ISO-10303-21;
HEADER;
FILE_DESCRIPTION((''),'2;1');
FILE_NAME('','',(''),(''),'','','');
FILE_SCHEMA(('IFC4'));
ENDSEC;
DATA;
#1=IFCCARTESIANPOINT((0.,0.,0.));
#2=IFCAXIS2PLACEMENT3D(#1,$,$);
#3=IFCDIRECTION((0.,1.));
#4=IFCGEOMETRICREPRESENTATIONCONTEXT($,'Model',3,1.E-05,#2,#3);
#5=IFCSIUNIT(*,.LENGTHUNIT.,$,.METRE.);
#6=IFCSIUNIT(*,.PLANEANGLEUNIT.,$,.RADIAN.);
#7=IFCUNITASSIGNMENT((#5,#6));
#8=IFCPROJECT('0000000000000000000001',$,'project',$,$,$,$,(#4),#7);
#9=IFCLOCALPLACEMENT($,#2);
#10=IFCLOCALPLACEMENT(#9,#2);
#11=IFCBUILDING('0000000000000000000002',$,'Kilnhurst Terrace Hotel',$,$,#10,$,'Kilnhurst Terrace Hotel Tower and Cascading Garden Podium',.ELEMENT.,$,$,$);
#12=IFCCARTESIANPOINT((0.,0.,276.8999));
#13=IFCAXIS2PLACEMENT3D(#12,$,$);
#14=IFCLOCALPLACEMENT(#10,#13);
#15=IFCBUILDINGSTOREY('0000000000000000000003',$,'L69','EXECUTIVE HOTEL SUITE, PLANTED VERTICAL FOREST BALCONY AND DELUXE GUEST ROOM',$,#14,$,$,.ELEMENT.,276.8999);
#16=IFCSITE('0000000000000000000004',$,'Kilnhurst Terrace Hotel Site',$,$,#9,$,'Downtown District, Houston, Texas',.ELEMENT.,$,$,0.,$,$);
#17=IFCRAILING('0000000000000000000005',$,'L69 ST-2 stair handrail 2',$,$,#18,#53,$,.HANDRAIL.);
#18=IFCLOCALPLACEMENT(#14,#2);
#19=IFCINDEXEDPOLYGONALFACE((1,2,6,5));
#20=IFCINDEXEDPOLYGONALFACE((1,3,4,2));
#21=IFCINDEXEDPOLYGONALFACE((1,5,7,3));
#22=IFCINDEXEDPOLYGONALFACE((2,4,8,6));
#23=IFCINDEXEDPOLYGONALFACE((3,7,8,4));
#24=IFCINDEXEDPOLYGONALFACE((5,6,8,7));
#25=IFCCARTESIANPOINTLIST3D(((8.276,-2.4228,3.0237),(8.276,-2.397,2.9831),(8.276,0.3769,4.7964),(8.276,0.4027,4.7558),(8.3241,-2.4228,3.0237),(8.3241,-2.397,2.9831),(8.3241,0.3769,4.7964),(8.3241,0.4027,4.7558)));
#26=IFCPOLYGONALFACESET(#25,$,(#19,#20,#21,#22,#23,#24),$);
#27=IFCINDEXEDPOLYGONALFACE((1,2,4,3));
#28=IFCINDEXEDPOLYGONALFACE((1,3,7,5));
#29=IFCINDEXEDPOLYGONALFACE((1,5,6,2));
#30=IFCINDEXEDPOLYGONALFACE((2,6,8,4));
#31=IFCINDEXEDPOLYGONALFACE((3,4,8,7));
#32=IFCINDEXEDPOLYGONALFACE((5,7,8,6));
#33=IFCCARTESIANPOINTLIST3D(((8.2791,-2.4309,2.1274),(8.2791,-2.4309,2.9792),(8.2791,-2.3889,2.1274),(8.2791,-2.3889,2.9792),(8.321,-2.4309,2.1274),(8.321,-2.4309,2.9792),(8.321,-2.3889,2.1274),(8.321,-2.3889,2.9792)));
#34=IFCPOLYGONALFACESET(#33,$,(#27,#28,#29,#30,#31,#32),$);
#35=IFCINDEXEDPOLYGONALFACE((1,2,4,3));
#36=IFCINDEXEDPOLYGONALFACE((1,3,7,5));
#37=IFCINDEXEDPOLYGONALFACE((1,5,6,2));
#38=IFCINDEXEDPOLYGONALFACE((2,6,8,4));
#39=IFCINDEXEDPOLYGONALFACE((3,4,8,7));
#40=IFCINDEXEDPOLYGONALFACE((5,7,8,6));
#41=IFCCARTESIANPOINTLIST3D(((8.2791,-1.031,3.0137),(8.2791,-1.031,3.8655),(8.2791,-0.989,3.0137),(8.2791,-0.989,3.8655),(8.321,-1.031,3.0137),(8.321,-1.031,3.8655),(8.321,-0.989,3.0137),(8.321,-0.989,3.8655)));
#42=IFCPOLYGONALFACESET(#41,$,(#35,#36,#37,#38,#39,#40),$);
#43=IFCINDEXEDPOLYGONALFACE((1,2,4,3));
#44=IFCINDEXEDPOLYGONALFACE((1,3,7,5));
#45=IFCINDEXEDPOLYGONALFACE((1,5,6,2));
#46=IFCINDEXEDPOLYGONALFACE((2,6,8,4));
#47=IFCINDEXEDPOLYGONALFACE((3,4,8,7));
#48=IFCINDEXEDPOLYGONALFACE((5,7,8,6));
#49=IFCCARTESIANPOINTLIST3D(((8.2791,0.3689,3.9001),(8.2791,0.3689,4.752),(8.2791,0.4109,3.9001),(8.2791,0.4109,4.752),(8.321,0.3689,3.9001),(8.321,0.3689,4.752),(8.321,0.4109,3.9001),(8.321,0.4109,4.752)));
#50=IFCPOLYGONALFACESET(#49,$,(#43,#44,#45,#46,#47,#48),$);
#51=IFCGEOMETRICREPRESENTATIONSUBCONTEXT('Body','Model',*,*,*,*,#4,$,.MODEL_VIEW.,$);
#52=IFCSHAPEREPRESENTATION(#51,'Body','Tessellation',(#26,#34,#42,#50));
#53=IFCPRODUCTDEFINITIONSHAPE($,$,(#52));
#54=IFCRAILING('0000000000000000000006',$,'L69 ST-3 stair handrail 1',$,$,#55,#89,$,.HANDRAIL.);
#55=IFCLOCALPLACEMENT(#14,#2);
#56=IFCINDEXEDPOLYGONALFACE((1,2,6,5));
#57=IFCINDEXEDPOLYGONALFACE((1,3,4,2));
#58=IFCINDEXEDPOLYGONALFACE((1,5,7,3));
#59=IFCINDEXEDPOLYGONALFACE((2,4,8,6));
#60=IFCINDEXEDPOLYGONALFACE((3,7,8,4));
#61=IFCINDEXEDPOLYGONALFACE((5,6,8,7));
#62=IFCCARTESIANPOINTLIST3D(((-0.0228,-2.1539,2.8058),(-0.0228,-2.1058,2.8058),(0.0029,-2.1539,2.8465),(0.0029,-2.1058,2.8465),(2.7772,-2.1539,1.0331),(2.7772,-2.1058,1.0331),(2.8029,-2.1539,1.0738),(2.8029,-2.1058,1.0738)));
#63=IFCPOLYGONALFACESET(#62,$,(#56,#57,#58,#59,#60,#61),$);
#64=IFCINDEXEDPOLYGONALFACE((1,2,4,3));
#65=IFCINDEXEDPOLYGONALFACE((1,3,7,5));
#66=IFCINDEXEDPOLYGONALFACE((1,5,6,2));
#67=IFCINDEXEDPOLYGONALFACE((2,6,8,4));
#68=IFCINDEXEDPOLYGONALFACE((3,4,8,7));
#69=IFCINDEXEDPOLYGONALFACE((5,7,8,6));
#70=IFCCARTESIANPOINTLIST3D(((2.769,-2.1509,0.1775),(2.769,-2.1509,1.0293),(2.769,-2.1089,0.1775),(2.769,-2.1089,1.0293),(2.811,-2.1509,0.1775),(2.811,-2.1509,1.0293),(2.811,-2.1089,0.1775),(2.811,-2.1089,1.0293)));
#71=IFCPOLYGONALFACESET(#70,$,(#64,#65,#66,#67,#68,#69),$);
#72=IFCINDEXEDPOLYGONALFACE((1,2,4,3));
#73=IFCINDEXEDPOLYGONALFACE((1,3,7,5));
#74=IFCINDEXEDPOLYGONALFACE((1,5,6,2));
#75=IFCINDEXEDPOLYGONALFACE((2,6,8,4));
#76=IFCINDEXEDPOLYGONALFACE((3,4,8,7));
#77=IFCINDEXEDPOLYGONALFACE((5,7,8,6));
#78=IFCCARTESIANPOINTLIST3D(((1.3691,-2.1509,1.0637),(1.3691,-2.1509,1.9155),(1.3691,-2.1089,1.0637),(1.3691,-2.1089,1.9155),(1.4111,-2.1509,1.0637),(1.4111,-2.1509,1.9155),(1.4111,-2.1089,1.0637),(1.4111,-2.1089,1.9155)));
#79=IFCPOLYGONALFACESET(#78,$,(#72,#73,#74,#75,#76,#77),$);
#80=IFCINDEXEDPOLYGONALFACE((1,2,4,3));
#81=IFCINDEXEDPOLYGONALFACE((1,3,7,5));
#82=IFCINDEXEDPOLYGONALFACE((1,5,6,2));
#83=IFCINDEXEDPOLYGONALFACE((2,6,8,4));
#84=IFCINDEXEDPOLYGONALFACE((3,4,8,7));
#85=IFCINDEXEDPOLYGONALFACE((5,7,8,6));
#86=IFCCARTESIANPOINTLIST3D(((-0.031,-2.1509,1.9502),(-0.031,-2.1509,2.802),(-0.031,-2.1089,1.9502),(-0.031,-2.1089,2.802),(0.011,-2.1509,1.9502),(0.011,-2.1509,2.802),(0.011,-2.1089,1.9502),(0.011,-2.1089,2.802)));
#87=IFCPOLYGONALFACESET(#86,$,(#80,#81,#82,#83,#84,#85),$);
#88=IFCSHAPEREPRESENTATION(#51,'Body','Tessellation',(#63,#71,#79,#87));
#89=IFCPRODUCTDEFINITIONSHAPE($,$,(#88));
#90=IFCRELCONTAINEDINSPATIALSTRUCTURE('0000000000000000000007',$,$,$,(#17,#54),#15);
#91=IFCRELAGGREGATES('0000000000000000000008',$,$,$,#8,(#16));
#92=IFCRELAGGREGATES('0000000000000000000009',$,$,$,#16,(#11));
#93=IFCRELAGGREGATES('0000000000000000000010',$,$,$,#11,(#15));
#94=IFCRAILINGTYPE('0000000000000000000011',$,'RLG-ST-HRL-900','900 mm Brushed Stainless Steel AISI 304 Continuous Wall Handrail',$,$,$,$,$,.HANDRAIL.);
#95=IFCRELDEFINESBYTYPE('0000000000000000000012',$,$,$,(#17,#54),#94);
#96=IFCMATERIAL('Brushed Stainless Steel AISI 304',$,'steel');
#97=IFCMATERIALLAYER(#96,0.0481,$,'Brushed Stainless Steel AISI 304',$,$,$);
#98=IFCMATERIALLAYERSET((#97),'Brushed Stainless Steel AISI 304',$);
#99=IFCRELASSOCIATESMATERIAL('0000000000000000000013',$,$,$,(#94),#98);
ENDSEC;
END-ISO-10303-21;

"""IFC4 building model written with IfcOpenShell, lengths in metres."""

from ifc_helpers import new_model, si_unit, direction, frame, origin, origin_2d, place, context, subcontext, project, spatial, rectangle, extrude, material, layer, layer_set, type_object, element, save


model = new_model("IFC4")

# Units and contexts
model_context = context("Model", 3, precision=1e-05, world=origin(), true_north=direction((0.0, 1.0)))
body_context = subcontext(model_context, "Body", "Model", "MODEL_VIEW")
ifc_project = project(units=[si_unit("LENGTHUNIT", "METRE"), si_unit("PLANEANGLEUNIT", "RADIAN")], contexts=[model_context])

# Site, building, storey
site_placement = place(None, origin())
site = spatial("IfcSite", under=ifc_project, at=site_placement, Name="Kilnhurst Terrace Hotel Site", LongName="Downtown District, Houston, Texas", CompositionType="ELEMENT", RefElevation=0.0)
building_placement = place(site_placement, origin())
building = spatial("IfcBuilding", under=site, at=building_placement, Name="Kilnhurst Terrace Hotel", LongName="Kilnhurst Terrace Hotel Tower and Cascading Garden Podium", CompositionType="ELEMENT")
storey_placement = place(building_placement, frame((0.0, 0.0, 276.8999)))
storey = spatial("IfcBuildingStorey", under=building, at=storey_placement, Name="L69", Description="EXECUTIVE HOTEL SUITE, PLANTED VERTICAL FOREST BALCONY AND DELUXE GUEST ROOM", CompositionType="ELEMENT", Elevation=276.8999)

# Railings
ifc_material_1 = material(Name="Brushed Stainless Steel AISI 304", Category="steel")
ifc_layer_1 = layer(ifc_material_1, 0.0481, Name="Brushed Stainless Steel AISI 304")
ifc_layer_set_1 = layer_set([ifc_layer_1], Name="Brushed Stainless Steel AISI 304")
railing_type_1 = type_object("IfcRailingType", Name="RLG-ST-HRL-900", Description="900 mm Brushed Stainless Steel AISI 304 Continuous Wall Handrail", PredefinedType="HANDRAIL", material=ifc_layer_set_1)
railing_1_placement = place(storey_placement, frame((8.3, -2.4099, 2.1274)))
element("IfcRailing", 1, at=railing_1_placement, inside=storey, type_object=railing_type_1, Name="L69 ST-2 stair handrail 2", PredefinedType="HANDRAIL", context=body_context, shape_type="SweptSolid", body=[
    extrude(rectangle(XDim=0.0481, YDim=0.0481, at=origin_2d()), frame((0.0, 0.0, 0.876), z_axis=(0.0, 0.844888, 0.534943), x_axis=(-1.0, 0.0, 0.0)), (0.0, 0.0, 1.0), 3.3137),
    extrude(rectangle(XDim=0.042, YDim=0.042, at=origin_2d()), origin(), (0.0, 0.0, 1.0), 0.8518),
    extrude(rectangle(XDim=0.042, YDim=0.042, at=origin_2d()), frame((0.0, 1.3999, 0.8862)), (0.0, 0.0, 1.0), 0.8518),
    extrude(rectangle(XDim=0.042, YDim=0.042, at=origin_2d()), frame((0.0, 2.7998, 1.7727)), (0.0, 0.0, 1.0), 0.8518),
])
railing_2_placement = place(storey_placement, frame((2.79, -2.1299, 0.1775)))
element("IfcRailing", 2, at=railing_2_placement, inside=storey, type_object=railing_type_1, Name="L69 ST-3 stair handrail 1", PredefinedType="HANDRAIL", context=body_context, shape_type="SweptSolid", body=[
    extrude(rectangle(XDim=0.0481, YDim=0.0481, at=origin_2d()), frame((0.0, 0.0, 0.876), z_axis=(-0.844909, 0.0, 0.53491), x_axis=(0.0, -1.0, 0.0)), (0.0, 0.0, 1.0), 3.314),
    extrude(rectangle(XDim=0.042, YDim=0.042, at=origin_2d()), origin(), (0.0, 0.0, 1.0), 0.8518),
    extrude(rectangle(XDim=0.042, YDim=0.042, at=origin_2d()), frame((-1.3999, 0.0, 0.8862)), (0.0, 0.0, 1.0), 0.8518),
    extrude(rectangle(XDim=0.042, YDim=0.042, at=origin_2d()), frame((-2.8, 0.0, 1.7727)), (0.0, 0.0, 1.0), 0.8518),
])

save(model, "model.ifc")
